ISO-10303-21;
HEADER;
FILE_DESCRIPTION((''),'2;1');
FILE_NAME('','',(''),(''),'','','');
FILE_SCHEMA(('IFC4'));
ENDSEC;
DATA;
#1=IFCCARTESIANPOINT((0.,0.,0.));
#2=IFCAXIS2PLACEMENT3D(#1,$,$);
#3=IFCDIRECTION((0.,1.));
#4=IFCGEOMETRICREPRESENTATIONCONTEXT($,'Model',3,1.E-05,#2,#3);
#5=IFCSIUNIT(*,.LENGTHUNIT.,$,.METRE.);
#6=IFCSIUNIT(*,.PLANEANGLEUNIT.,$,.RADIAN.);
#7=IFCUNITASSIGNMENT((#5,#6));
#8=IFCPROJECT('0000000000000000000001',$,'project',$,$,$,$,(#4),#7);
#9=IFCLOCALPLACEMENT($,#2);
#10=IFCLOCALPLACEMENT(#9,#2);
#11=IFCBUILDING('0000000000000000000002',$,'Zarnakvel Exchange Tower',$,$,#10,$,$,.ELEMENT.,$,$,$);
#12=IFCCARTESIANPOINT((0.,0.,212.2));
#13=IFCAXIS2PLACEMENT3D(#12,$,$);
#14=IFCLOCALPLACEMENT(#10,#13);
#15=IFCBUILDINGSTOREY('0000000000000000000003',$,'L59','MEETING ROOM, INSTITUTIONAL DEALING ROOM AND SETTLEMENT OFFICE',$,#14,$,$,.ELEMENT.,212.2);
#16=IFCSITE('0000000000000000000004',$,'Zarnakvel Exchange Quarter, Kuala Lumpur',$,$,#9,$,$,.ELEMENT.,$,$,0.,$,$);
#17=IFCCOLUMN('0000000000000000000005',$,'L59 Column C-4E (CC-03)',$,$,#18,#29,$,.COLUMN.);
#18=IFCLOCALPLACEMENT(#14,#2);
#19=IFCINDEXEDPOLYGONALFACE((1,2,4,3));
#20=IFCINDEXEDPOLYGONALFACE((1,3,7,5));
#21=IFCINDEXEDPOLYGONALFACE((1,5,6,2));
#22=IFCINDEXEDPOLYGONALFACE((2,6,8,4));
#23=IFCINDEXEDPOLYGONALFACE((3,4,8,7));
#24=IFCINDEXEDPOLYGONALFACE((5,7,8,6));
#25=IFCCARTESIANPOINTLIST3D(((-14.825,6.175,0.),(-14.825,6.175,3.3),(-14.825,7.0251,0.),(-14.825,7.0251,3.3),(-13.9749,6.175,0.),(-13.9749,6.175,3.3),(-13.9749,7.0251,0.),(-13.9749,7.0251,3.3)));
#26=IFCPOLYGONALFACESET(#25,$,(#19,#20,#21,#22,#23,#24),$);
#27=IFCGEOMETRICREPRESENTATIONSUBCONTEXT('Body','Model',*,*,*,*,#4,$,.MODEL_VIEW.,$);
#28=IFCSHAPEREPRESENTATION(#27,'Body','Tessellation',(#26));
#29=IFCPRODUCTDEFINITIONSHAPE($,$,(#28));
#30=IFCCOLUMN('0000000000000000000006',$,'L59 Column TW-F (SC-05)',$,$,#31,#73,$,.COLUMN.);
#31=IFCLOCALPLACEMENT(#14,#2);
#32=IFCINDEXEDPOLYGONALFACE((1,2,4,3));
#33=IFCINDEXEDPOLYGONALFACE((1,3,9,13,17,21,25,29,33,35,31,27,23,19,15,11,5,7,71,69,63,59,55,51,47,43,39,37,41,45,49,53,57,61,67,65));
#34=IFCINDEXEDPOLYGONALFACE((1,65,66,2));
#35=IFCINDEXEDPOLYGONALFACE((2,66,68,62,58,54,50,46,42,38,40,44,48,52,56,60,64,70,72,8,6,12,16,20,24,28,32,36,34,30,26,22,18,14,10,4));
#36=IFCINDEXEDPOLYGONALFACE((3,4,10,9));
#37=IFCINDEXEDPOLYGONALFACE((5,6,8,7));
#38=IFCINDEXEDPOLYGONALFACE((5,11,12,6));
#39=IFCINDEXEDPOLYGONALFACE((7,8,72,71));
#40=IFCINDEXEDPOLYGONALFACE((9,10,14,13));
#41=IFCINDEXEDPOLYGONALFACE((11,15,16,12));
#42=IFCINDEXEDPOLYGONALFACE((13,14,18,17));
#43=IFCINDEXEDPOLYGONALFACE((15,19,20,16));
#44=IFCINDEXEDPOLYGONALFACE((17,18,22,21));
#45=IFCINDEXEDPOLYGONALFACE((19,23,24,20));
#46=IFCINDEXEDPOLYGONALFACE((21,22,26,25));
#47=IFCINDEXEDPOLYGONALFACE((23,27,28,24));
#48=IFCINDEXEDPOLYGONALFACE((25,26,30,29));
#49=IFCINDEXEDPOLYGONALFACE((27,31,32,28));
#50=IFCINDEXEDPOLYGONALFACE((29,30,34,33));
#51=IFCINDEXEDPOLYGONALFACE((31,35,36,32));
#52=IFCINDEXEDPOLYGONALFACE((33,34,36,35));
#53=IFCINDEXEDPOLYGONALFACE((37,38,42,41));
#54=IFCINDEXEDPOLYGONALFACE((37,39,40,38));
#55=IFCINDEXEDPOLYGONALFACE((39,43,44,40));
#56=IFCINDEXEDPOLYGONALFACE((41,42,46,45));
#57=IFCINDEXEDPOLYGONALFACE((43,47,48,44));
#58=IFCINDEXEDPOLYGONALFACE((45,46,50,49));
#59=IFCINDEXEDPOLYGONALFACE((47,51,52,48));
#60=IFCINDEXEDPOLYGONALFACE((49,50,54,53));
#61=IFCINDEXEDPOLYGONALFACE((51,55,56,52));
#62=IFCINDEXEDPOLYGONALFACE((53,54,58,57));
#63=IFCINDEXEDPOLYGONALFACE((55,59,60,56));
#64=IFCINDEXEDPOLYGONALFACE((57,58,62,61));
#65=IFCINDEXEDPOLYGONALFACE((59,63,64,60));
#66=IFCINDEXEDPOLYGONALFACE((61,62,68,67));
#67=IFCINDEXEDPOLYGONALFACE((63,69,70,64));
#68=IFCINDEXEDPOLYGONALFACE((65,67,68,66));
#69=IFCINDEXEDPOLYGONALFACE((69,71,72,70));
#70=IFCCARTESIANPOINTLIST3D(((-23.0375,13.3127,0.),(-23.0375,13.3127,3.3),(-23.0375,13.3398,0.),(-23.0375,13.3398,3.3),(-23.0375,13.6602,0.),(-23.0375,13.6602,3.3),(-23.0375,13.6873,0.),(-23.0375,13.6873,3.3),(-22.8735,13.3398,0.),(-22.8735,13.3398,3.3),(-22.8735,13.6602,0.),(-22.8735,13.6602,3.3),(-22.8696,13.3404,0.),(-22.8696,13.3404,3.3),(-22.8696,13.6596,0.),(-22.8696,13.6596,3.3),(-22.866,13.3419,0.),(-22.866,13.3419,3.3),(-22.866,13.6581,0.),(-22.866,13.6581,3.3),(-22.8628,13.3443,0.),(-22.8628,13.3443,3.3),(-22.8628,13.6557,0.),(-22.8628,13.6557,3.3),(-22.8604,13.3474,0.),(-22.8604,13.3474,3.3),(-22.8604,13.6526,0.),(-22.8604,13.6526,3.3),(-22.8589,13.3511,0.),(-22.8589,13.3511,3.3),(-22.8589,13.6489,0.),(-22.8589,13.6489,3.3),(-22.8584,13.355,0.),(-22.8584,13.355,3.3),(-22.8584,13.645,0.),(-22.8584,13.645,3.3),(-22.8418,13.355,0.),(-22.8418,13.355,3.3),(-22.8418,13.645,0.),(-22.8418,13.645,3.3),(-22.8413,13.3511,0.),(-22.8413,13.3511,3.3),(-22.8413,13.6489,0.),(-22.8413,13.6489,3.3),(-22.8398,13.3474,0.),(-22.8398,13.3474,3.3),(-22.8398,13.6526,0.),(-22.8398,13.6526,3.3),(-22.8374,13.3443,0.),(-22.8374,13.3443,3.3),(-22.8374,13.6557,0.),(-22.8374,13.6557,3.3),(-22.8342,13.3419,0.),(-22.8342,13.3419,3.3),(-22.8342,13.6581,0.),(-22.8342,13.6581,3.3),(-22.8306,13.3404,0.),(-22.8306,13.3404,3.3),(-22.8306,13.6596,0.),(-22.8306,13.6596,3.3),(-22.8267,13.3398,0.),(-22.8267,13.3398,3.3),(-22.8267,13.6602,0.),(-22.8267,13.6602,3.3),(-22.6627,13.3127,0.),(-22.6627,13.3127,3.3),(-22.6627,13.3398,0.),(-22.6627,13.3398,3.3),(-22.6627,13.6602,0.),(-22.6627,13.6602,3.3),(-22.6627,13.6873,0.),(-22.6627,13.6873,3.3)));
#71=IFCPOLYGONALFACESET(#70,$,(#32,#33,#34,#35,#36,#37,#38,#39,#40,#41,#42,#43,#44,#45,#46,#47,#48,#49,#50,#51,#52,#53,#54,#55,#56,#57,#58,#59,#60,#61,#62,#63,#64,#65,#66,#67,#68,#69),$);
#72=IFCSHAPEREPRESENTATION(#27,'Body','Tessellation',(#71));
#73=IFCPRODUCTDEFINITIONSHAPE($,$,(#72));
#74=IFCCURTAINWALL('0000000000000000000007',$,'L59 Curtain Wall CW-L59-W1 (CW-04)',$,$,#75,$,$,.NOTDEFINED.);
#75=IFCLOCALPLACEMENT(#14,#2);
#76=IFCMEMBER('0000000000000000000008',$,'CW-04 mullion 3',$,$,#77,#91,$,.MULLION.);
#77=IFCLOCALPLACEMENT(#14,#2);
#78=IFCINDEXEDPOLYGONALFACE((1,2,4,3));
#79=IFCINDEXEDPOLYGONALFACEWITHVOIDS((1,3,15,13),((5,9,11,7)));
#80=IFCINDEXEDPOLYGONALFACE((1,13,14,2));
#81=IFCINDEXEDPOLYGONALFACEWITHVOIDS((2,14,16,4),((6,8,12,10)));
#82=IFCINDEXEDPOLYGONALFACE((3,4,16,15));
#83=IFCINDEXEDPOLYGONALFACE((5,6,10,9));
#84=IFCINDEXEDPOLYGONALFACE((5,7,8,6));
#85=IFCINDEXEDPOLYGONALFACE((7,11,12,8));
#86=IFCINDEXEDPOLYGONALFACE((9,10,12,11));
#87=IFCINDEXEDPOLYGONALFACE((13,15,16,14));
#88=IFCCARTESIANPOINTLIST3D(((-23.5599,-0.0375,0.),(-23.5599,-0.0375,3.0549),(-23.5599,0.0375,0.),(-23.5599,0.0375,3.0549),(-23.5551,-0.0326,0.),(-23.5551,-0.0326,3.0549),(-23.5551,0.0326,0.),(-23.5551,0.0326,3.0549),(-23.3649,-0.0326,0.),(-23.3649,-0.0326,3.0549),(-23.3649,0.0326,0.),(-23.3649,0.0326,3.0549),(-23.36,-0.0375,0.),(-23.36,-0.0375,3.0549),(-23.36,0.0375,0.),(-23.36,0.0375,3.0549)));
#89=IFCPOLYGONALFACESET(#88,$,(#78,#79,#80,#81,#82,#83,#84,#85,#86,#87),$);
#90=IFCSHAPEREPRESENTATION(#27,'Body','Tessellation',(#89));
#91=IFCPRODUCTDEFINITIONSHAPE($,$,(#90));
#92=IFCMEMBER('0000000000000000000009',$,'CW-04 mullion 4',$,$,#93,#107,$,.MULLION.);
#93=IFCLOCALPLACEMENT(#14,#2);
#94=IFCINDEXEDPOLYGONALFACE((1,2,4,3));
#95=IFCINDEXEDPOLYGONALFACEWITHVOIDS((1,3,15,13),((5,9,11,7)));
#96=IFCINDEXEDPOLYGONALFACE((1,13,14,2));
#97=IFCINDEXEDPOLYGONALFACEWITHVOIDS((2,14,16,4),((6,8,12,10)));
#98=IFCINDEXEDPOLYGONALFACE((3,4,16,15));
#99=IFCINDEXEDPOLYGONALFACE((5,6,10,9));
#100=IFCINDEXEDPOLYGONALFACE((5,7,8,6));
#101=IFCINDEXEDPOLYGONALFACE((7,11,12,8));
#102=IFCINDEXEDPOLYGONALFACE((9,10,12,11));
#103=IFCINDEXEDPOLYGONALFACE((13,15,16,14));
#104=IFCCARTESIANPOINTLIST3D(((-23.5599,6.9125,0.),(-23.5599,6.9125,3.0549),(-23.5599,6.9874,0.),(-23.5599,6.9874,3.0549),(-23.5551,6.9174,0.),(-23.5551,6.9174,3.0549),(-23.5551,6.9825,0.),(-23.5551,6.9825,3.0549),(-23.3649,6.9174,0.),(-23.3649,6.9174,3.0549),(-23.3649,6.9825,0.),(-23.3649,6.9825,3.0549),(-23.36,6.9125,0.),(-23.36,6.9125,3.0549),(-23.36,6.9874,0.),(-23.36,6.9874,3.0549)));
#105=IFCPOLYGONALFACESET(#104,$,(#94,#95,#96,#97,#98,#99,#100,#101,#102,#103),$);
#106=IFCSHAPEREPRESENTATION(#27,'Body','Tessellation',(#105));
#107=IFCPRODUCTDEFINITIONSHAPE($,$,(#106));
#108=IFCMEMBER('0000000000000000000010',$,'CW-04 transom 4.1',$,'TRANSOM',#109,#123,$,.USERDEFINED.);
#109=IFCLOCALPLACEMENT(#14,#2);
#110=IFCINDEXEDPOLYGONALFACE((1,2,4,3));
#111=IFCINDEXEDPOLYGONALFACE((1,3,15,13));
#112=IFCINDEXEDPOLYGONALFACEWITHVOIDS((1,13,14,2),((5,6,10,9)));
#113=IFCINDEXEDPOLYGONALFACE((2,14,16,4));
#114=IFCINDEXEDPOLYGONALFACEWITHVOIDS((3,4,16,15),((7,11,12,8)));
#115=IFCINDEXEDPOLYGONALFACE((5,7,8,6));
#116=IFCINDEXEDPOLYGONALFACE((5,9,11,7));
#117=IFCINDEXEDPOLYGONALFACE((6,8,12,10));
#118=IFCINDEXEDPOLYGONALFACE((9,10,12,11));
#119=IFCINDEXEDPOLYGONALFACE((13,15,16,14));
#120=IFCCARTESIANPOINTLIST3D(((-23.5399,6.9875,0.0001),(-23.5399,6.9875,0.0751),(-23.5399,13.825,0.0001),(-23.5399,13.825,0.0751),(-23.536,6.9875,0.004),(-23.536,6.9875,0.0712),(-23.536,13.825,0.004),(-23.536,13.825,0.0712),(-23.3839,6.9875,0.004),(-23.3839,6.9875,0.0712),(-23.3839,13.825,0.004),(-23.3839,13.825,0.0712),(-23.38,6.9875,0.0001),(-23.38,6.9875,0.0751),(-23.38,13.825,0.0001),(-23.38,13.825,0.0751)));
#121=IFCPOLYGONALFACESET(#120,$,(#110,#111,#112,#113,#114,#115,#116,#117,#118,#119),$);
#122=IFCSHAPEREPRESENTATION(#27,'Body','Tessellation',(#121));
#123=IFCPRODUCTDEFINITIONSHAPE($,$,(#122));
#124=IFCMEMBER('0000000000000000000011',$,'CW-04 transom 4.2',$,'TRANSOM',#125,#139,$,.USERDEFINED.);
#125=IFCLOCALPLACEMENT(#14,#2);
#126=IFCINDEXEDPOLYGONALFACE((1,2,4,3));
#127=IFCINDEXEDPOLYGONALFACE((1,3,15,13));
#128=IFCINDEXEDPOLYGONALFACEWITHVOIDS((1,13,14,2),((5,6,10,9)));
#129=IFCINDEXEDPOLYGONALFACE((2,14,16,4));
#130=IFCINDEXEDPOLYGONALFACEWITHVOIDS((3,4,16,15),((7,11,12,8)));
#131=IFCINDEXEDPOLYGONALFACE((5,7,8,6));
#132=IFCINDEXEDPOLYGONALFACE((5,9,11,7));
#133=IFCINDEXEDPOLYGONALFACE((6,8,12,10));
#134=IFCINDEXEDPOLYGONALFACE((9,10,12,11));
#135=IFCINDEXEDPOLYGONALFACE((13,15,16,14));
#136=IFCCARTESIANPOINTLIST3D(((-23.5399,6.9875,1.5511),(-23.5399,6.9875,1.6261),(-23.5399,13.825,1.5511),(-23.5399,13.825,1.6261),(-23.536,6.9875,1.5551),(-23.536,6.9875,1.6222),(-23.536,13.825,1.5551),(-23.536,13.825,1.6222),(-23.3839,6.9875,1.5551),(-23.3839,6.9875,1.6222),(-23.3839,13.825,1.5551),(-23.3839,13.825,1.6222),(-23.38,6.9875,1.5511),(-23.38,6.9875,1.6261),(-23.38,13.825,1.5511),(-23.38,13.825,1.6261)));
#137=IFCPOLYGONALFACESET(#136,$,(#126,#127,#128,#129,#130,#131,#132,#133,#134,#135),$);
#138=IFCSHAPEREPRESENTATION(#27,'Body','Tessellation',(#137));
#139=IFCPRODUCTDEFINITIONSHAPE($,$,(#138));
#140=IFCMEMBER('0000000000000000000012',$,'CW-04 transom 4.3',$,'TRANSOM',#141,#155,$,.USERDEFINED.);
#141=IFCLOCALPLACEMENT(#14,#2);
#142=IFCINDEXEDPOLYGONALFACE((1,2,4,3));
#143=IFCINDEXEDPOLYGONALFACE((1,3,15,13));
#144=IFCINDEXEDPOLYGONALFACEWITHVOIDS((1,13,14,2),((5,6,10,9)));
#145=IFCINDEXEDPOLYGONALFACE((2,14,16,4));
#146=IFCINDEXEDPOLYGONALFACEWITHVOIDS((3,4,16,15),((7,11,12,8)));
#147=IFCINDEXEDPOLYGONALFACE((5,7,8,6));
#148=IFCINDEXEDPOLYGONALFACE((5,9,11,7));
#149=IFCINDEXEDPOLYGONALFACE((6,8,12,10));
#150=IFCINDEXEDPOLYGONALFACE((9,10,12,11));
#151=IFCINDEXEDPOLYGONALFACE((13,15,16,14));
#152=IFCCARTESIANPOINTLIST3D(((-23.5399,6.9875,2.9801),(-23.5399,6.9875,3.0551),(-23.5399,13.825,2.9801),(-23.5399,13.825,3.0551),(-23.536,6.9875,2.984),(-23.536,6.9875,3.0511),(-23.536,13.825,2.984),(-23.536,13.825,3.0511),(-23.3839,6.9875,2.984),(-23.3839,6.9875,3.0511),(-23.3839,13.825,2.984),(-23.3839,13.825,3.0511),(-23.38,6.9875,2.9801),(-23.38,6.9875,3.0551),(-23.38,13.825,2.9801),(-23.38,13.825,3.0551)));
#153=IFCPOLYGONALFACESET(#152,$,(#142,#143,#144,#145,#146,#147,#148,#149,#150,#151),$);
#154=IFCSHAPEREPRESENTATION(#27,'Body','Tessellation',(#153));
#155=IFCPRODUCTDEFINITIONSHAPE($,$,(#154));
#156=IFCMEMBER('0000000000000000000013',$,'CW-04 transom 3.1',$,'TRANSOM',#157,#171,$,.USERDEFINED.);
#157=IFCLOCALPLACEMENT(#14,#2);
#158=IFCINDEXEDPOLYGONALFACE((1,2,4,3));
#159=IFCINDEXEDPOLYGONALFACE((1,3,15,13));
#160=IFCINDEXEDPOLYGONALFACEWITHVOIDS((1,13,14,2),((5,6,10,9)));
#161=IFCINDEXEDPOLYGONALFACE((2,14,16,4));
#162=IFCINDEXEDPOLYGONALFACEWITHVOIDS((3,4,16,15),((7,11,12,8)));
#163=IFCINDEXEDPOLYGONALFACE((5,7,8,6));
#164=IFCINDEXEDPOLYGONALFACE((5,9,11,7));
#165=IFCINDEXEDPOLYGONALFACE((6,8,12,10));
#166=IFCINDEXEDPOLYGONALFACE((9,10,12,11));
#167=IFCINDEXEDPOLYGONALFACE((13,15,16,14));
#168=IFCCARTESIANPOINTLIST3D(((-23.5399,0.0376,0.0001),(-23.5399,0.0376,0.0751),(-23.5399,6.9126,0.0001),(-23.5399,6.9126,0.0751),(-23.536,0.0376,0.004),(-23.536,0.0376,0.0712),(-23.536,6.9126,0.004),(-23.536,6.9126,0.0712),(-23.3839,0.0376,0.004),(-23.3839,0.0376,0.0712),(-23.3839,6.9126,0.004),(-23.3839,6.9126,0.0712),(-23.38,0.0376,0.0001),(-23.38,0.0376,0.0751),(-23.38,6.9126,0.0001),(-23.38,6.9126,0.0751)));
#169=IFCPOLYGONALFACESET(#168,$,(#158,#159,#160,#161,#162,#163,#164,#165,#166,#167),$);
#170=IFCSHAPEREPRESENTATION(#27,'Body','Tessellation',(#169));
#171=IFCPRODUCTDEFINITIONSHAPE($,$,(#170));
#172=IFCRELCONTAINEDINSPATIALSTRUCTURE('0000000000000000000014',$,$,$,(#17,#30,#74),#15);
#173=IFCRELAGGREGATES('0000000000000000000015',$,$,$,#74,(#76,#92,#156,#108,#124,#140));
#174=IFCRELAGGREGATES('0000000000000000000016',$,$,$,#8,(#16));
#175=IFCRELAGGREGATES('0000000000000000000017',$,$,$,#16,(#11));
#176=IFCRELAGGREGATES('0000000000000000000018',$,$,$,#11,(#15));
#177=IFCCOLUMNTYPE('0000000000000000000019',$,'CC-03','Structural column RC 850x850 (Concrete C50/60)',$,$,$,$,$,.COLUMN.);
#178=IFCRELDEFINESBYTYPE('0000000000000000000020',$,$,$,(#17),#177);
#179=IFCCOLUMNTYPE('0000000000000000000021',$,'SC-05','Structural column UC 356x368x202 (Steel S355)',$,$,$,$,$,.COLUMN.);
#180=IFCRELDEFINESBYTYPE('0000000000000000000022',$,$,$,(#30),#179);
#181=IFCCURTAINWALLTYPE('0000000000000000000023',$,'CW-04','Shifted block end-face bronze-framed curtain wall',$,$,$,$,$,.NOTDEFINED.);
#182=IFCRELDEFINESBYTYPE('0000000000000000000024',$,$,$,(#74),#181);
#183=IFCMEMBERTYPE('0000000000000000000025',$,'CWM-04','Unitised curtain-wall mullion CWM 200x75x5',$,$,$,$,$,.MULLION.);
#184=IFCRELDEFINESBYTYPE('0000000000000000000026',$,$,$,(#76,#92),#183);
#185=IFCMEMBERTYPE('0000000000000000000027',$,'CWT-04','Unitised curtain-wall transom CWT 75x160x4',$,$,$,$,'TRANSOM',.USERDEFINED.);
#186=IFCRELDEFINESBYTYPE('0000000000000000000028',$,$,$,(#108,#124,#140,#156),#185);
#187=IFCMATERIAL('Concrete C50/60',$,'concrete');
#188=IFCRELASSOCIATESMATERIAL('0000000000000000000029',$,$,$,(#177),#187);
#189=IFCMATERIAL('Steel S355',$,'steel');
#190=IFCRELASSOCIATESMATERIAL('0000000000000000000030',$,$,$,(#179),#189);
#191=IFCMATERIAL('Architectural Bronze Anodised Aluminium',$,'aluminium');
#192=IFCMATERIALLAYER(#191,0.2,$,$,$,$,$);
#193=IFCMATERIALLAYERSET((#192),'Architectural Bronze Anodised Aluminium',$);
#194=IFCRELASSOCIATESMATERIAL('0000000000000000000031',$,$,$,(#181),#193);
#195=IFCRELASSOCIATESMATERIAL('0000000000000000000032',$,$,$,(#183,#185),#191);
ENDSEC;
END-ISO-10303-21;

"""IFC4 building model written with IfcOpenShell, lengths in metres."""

from ifc_helpers import new_model, si_unit, direction, frame, origin, origin_2d, place, context, subcontext, project, spatial, rectangle, hollow_rectangle, i_section, extrude, source, transform, mapped, material, layer, layer_set, material_profile, profile_set, type_object, element, aggregate, save


model = new_model("IFC4")

# Units and contexts
model_context = context("Model", 3, precision=1e-05, world=origin(), true_north=direction((0.0, 1.0)))
body_context = subcontext(model_context, "Body", "Model", "MODEL_VIEW")
ifc_project = project(units=[si_unit("LENGTHUNIT", "METRE"), si_unit("PLANEANGLEUNIT", "RADIAN")], contexts=[model_context])

# Site, building, storey
site_placement = place(None, origin())
site = spatial("IfcSite", under=ifc_project, at=site_placement, Name="Zarnakvel Exchange Quarter, Kuala Lumpur", CompositionType="ELEMENT", RefElevation=0.0)
building_placement = place(site_placement, origin())
building = spatial("IfcBuilding", under=site, at=building_placement, Name="Zarnakvel Exchange Tower", CompositionType="ELEMENT")
storey_placement = place(building_placement, frame((0.0, 0.0, 212.2)))
storey = spatial("IfcBuildingStorey", under=building, at=storey_placement, Name="L59", Description="MEETING ROOM, INSTITUTIONAL DEALING ROOM AND SETTLEMENT OFFICE", CompositionType="ELEMENT", Elevation=212.2)

# Columns
ifc_material_1 = material(Name="Concrete C50/60", Category="concrete")
ifc_material_profile_1 = material_profile(ifc_material_1, rectangle(XDim=0.8501, YDim=0.8501, at=origin_2d()))
ifc_profile_set_1 = profile_set([ifc_material_profile_1], Name="Concrete C50/60")
column_type_1 = type_object("IfcColumnType", Name="CC-03", Description="Structural column RC 850x850 (Concrete C50/60)", PredefinedType="COLUMN", material=ifc_profile_set_1)
column_1_placement = place(storey_placement, frame((-14.3999, 6.6001, 0.0), z_axis=(0.0, 0.0, 1.0), x_axis=(1.0, 0.0, 0.0)))
element("IfcColumn", 1, at=column_1_placement, inside=storey, type_object=column_type_1, Name="L59 Column C-4E (CC-03)", PredefinedType="COLUMN", context=body_context, shape_type="SweptSolid", body=[
    extrude(rectangle(XDim=0.8501, YDim=0.8501, at=origin_2d()), origin(), (0.0, 0.0, 1.0), 3.3),
])
ifc_material_2 = material(Name="Steel S355", Category="steel")
ifc_material_profile_2 = material_profile(ifc_material_2, i_section(OverallWidth=0.3748, OverallDepth=0.3745, WebThickness=0.0166, FlangeThickness=0.0271, FilletRadius=0.0151, at=origin_2d()))
ifc_profile_set_2 = profile_set([ifc_material_profile_2], Name="Steel S355")
column_type_2 = type_object("IfcColumnType", Name="SC-05", Description="Structural column UC 356x368x202 (Steel S355)", PredefinedType="COLUMN", material=ifc_profile_set_2)
column_2_placement = place(storey_placement, frame((-22.8501, 13.5, 0.0), z_axis=(0.0, 0.0, 1.0), x_axis=(1.0, 0.0, 0.0)))
element("IfcColumn", 2, at=column_2_placement, inside=storey, type_object=column_type_2, Name="L59 Column TW-F (SC-05)", PredefinedType="COLUMN", context=body_context, shape_type="SweptSolid", body=[
    extrude(i_section(OverallWidth=0.3748, OverallDepth=0.3745, WebThickness=0.0166, FlangeThickness=0.0271, FilletRadius=0.0151, at=origin_2d()), origin(), (0.0, 0.0, 1.0), 3.3),
])

# Curtain wall, members
ifc_material_3 = material(Name="Architectural Bronze Anodised Aluminium", Category="aluminium")
ifc_layer_1 = layer(ifc_material_3, 0.2)
ifc_layer_set_1 = layer_set([ifc_layer_1], Name="Architectural Bronze Anodised Aluminium")
curtain_wall_type = type_object("IfcCurtainWallType", Name="CW-04", Description="Shifted block end-face bronze-framed curtain wall", PredefinedType="NOTDEFINED", material=ifc_layer_set_1)
curtain_wall_placement = place(storey_placement, origin())
curtain_wall = element("IfcCurtainWall", 3, at=curtain_wall_placement, inside=storey, type_object=curtain_wall_type, Name="L59 Curtain Wall CW-L59-W1 (CW-04)", PredefinedType="NOTDEFINED")
ifc_material_profile_3 = material_profile(ifc_material_3, hollow_rectangle(XDim=0.2, YDim=0.075, WallThickness=0.0049, at=origin_2d()))
ifc_profile_set_3 = profile_set([ifc_material_profile_3], Name="Architectural Bronze Anodised Aluminium")
member_type_1 = type_object("IfcMemberType", Name="CWM-04", Description="Unitised curtain-wall mullion CWM 200x75x5", PredefinedType="MULLION", material=ifc_profile_set_3)
shared_shape_1 = source(origin(), body_context, "Body", "SweptSolid", [
    extrude(hollow_rectangle(XDim=0.2, YDim=0.075, WallThickness=0.0049, at=origin_2d()), origin(), (0.0, 0.0, 1.0), 3.0549),
])
member_1_placement = place(storey_placement, frame((-23.46, 0.0, 0.0), z_axis=(0.0, 0.0, 1.0), x_axis=(-1.0, 0.0, 0.0)))
member_1 = element("IfcMember", 4, at=member_1_placement, type_object=member_type_1, Name="CW-04 mullion 3", PredefinedType="MULLION", context=body_context, shape_type="MappedRepresentation", body=[
    mapped(shared_shape_1, transform((0.0, 0.0, 0.0), x_axis=(1.0, 0.0, 0.0), y_axis=(0.0, 1.0, 0.0), z_axis=(0.0, 0.0, 1.0), scale=1.0)),
])
member_2_placement = place(storey_placement, frame((-23.46, 6.95, 0.0), z_axis=(0.0, 0.0, 1.0), x_axis=(-1.0, 0.0, 0.0)))
member_2 = element("IfcMember", 5, at=member_2_placement, type_object=member_type_1, Name="CW-04 mullion 4", PredefinedType="MULLION", context=body_context, shape_type="MappedRepresentation", body=[
    mapped(shared_shape_1, transform((0.0, 0.0, 0.0), x_axis=(1.0, 0.0, 0.0), y_axis=(0.0, 1.0, 0.0), z_axis=(0.0, 0.0, 1.0), scale=1.0)),
])
ifc_material_profile_4 = material_profile(ifc_material_3, hollow_rectangle(XDim=0.1599, YDim=0.075, WallThickness=0.0039, at=origin_2d()))
ifc_profile_set_4 = profile_set([ifc_material_profile_4], Name="Architectural Bronze Anodised Aluminium")
member_type_2 = type_object("IfcMemberType", Name="CWT-04", Description="Unitised curtain-wall transom CWT 75x160x4", ElementType="TRANSOM", PredefinedType="USERDEFINED", material=ifc_profile_set_4)
shared_shape_2 = source(origin(), body_context, "Body", "SweptSolid", [
    extrude(hollow_rectangle(XDim=0.1599, YDim=0.075, WallThickness=0.0039, at=origin_2d()), origin(), (0.0, 0.0, 1.0), 6.8374),
])
member_3_placement = place(storey_placement, frame((-23.46, 6.9875, 0.0376), z_axis=(0.0, 1.0, 0.0), x_axis=(-1.0, 0.0, 0.0)))
member_3 = element("IfcMember", 6, at=member_3_placement, type_object=member_type_2, Name="CW-04 transom 4.1", ObjectType="TRANSOM", PredefinedType="USERDEFINED", context=body_context, shape_type="MappedRepresentation", body=[
    mapped(shared_shape_2, transform((0.0, 0.0, 0.0), x_axis=(1.0, 0.0, 0.0), y_axis=(0.0, 1.0, 0.0), z_axis=(0.0, 0.0, 1.0), scale=1.0)),
])
member_4_placement = place(storey_placement, frame((-23.46, 6.9875, 1.5886), z_axis=(0.0, 1.0, 0.0), x_axis=(-1.0, 0.0, 0.0)))
member_4 = element("IfcMember", 7, at=member_4_placement, type_object=member_type_2, Name="CW-04 transom 4.2", ObjectType="TRANSOM", PredefinedType="USERDEFINED", context=body_context, shape_type="MappedRepresentation", body=[
    mapped(shared_shape_2, transform((0.0, 0.0, 0.0), x_axis=(1.0, 0.0, 0.0), y_axis=(0.0, 1.0, 0.0), z_axis=(0.0, 0.0, 1.0), scale=1.0)),
])
member_5_placement = place(storey_placement, frame((-23.46, 6.9875, 3.0176), z_axis=(0.0, 1.0, 0.0), x_axis=(-1.0, 0.0, 0.0)))
member_5 = element("IfcMember", 8, at=member_5_placement, type_object=member_type_2, Name="CW-04 transom 4.3", ObjectType="TRANSOM", PredefinedType="USERDEFINED", context=body_context, shape_type="MappedRepresentation", body=[
    mapped(shared_shape_2, transform((0.0, 0.0, 0.0), x_axis=(1.0, 0.0, 0.0), y_axis=(0.0, 1.0, 0.0), z_axis=(0.0, 0.0, 1.0), scale=1.0)),
])
shared_shape_3 = source(origin(), body_context, "Body", "SweptSolid", [
    extrude(hollow_rectangle(XDim=0.1599, YDim=0.075, WallThickness=0.0039, at=origin_2d()), origin(), (0.0, 0.0, 1.0), 6.875),
])
member_6_placement = place(storey_placement, frame((-23.46, 0.0376, 0.0376), z_axis=(0.0, 1.0, 0.0), x_axis=(-1.0, 0.0, 0.0)))
member_6 = element("IfcMember", 9, at=member_6_placement, type_object=member_type_2, Name="CW-04 transom 3.1", ObjectType="TRANSOM", PredefinedType="USERDEFINED", context=body_context, shape_type="MappedRepresentation", body=[
    mapped(shared_shape_3, transform((0.0, 0.0, 0.0), x_axis=(1.0, 0.0, 0.0), y_axis=(0.0, 1.0, 0.0), z_axis=(0.0, 0.0, 1.0), scale=1.0)),
])
aggregate(curtain_wall, [member_1, member_2, member_6, member_3, member_4, member_5])

save(model, "model.ifc")
